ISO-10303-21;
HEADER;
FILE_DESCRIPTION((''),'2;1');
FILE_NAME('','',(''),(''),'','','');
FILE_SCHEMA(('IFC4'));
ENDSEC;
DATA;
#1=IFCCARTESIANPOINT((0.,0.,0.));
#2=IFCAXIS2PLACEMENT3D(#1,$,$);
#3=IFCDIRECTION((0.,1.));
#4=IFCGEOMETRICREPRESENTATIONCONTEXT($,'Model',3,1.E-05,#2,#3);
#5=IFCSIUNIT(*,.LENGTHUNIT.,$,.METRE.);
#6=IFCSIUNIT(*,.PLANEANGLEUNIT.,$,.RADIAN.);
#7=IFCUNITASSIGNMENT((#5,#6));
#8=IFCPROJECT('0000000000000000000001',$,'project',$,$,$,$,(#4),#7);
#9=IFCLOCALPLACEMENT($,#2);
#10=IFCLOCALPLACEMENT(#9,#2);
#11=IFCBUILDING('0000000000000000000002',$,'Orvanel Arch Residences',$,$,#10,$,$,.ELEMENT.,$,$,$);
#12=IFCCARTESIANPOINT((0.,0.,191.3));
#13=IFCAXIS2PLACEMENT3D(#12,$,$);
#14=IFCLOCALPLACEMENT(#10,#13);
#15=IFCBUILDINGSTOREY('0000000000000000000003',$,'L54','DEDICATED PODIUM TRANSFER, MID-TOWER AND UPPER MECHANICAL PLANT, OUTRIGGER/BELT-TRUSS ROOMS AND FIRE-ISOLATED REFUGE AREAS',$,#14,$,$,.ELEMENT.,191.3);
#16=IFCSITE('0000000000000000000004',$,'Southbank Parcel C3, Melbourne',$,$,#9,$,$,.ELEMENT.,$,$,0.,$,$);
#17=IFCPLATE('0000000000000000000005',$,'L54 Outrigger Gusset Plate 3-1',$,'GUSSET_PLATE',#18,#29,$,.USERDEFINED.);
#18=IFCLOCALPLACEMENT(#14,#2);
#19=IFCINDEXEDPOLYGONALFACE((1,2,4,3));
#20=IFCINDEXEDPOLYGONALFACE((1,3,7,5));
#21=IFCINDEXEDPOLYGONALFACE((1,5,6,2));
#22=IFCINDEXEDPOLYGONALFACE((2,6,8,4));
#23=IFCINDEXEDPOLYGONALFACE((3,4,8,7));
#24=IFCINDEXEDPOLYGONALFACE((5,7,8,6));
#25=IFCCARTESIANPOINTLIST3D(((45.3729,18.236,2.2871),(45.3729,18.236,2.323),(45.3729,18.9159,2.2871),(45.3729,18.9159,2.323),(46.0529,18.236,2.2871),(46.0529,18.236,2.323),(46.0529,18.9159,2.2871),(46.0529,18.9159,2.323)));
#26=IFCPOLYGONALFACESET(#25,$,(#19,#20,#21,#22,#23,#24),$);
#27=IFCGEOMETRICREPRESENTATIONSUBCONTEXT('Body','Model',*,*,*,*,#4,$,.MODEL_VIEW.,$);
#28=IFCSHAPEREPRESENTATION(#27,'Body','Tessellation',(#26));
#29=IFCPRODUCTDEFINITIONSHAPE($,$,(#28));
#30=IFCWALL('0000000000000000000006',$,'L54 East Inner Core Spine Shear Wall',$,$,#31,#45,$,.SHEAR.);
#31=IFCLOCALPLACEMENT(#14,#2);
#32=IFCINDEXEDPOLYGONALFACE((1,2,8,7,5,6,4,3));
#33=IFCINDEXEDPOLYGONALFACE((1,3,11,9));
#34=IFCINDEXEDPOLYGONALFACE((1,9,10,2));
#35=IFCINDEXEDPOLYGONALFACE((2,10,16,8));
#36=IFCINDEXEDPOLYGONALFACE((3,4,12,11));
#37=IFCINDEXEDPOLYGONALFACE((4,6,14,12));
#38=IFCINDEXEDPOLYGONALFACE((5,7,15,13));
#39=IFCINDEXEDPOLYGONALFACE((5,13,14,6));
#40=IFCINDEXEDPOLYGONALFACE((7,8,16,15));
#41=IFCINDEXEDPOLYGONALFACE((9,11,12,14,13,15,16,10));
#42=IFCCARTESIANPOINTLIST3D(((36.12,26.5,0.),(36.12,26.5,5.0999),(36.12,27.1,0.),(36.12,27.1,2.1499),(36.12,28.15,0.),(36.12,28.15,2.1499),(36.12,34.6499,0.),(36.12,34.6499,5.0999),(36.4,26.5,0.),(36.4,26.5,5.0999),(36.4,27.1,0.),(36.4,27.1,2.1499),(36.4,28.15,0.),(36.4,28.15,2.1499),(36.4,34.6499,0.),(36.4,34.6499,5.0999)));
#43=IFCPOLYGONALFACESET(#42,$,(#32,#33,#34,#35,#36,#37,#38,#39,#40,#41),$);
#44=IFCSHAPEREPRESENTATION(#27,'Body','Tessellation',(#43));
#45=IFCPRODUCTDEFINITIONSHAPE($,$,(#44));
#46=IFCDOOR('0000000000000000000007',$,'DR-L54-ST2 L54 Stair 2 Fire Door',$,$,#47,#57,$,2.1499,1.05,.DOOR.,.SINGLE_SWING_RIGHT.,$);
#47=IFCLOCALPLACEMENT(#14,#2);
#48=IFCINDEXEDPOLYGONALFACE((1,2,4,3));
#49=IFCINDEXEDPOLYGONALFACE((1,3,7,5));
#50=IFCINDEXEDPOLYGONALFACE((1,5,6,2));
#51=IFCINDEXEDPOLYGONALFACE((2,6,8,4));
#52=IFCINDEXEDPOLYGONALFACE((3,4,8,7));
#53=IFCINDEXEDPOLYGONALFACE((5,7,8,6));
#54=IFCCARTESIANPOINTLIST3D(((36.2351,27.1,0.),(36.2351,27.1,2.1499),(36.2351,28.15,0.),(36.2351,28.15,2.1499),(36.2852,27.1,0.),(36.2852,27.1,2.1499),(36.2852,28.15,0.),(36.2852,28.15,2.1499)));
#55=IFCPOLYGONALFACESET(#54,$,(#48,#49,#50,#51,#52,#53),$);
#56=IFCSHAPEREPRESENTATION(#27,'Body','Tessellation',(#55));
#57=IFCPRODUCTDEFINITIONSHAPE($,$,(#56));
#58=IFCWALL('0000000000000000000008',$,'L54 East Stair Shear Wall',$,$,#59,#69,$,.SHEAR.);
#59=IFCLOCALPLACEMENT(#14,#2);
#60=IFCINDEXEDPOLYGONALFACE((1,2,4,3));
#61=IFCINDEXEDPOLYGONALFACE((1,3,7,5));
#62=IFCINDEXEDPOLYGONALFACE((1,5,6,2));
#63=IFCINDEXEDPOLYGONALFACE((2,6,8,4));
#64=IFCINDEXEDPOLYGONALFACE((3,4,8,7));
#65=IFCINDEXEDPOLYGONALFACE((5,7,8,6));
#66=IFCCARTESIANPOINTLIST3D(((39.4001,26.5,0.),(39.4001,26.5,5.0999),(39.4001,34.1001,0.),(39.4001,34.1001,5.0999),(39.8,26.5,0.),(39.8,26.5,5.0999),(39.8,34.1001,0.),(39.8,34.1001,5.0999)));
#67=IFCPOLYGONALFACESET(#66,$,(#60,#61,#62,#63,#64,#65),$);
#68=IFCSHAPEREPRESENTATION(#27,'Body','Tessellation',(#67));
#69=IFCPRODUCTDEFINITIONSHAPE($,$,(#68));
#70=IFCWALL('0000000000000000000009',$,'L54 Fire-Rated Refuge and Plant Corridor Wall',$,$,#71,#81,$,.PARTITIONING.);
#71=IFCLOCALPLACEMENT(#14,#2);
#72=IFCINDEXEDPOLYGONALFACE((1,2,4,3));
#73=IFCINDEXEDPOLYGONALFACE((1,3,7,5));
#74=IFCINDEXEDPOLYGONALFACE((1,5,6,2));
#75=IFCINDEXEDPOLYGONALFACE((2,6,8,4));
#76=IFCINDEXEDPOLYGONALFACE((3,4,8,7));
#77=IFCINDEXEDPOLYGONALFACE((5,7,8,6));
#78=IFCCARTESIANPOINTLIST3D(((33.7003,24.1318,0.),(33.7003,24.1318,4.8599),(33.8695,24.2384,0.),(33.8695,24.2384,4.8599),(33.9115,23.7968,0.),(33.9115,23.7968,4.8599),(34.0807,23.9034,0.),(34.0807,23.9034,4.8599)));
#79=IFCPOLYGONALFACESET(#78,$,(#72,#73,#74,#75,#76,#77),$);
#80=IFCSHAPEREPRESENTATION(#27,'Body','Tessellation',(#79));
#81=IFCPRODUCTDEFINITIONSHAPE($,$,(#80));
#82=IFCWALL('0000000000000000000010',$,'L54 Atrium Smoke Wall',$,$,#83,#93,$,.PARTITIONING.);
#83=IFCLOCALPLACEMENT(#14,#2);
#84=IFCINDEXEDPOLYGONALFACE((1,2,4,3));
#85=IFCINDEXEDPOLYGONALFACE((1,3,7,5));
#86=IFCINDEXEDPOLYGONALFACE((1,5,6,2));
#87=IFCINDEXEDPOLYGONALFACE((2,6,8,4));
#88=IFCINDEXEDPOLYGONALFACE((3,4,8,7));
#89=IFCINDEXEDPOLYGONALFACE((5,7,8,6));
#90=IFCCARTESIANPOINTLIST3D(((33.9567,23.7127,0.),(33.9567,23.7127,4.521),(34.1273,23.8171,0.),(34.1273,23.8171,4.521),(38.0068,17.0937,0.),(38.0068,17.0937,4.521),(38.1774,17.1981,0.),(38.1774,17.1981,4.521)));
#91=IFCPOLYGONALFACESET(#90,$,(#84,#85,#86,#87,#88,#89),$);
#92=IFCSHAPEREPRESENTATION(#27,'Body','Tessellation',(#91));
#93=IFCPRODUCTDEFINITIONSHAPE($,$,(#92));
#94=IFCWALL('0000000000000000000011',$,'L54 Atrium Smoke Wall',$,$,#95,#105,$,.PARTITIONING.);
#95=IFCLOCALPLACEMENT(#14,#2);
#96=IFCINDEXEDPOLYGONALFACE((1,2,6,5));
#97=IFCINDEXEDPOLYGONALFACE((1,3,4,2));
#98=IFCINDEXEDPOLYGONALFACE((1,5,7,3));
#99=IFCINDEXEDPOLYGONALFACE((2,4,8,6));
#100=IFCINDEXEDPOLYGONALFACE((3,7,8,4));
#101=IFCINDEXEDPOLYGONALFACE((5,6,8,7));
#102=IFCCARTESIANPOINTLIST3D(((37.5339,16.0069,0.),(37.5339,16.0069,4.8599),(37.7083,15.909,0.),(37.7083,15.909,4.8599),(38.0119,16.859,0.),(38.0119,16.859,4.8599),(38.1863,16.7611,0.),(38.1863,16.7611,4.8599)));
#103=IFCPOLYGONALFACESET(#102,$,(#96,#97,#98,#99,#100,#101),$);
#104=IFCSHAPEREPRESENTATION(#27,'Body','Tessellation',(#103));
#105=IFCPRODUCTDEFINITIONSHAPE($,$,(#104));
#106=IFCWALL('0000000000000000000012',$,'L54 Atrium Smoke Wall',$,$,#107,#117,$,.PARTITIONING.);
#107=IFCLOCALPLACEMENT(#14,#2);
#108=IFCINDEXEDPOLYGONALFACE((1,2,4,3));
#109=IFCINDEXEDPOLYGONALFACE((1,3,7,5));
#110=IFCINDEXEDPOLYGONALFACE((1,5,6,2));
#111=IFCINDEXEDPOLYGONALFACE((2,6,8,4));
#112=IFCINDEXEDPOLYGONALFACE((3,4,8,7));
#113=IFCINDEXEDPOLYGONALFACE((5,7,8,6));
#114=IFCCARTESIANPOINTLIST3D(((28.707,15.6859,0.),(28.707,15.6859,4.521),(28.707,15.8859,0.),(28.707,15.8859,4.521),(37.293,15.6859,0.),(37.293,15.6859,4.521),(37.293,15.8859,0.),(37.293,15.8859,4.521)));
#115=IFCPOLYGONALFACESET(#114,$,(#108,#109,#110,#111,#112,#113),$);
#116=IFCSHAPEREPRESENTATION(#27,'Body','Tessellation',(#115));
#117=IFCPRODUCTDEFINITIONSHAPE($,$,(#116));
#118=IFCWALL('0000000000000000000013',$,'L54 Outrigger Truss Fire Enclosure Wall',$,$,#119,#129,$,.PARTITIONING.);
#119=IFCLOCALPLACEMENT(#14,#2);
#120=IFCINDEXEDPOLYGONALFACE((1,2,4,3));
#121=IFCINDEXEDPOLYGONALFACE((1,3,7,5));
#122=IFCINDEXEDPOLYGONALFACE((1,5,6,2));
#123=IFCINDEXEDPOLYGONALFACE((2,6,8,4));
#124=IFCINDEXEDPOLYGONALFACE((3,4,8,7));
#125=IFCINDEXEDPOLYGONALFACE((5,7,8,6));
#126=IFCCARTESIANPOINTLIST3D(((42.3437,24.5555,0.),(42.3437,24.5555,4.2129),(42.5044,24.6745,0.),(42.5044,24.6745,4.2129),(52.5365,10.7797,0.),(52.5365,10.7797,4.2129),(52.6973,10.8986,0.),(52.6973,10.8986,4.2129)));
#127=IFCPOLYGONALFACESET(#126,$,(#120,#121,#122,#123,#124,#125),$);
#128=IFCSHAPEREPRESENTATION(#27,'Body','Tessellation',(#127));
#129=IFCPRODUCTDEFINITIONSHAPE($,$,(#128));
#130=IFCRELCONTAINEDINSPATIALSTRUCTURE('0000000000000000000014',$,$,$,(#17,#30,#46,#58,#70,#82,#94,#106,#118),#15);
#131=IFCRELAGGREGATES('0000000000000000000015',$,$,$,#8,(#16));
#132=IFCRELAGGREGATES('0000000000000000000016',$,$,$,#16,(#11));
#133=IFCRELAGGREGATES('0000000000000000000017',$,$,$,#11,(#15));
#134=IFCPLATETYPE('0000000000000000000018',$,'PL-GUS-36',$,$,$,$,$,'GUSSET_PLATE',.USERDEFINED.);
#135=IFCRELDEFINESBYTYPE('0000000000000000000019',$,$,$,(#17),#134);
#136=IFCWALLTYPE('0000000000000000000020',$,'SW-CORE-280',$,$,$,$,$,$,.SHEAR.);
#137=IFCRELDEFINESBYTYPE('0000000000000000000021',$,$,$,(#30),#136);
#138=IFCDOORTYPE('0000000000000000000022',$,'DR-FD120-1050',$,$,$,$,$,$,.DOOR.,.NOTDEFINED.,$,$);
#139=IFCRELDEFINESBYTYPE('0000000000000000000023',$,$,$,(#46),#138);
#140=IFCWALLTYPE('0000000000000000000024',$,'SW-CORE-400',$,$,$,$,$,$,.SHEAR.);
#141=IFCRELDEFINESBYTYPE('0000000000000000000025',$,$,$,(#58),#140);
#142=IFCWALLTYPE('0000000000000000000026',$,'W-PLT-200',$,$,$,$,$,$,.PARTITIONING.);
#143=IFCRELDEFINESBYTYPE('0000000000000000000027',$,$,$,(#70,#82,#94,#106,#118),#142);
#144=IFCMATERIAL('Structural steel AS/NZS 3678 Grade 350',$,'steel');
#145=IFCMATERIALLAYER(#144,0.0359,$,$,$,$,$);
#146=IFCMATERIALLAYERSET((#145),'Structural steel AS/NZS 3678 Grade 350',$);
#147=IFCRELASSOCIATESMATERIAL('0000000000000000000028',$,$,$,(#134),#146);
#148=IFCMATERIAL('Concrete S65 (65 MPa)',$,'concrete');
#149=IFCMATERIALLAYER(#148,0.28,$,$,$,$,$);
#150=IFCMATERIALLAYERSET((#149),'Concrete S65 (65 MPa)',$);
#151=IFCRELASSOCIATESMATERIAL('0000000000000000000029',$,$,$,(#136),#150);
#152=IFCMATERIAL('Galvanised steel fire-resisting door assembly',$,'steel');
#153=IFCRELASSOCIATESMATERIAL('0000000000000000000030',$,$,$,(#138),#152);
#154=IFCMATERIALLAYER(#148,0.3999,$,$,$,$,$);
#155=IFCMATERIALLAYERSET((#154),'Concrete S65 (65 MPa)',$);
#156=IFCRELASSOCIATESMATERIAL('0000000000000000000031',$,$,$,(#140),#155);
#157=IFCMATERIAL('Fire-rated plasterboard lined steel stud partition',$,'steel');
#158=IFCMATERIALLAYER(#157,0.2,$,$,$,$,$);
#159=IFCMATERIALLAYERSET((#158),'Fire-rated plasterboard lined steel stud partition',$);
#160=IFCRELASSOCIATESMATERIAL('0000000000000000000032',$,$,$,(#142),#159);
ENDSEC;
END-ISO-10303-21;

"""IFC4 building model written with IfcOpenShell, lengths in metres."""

from ifc_helpers import new_model, si_unit, direction, frame, frame_2d, origin, origin_2d, place, context, subcontext, project, spatial, rectangle, extrude, material, layer, layer_set, type_object, element, fill, save


model = new_model("IFC4")

# Units and contexts
model_context = context("Model", 3, precision=1e-05, world=origin(), true_north=direction((0.0, 1.0)))
body_context = subcontext(model_context, "Body", "Model", "MODEL_VIEW")
ifc_project = project(units=[si_unit("LENGTHUNIT", "METRE"), si_unit("PLANEANGLEUNIT", "RADIAN")], contexts=[model_context])

# Site, building, storey
site_placement = place(None, origin())
site = spatial("IfcSite", under=ifc_project, at=site_placement, Name="Southbank Parcel C3, Melbourne", CompositionType="ELEMENT", RefElevation=0.0)
building_placement = place(site_placement, origin())
building = spatial("IfcBuilding", under=site, at=building_placement, Name="Orvanel Arch Residences", CompositionType="ELEMENT")
storey_placement = place(building_placement, frame((0.0, 0.0, 191.3)))
storey = spatial("IfcBuildingStorey", under=building, at=storey_placement, Name="L54", Description="DEDICATED PODIUM TRANSFER, MID-TOWER AND UPPER MECHANICAL PLANT, OUTRIGGER/BELT-TRUSS ROOMS AND FIRE-ISOLATED REFUGE AREAS", CompositionType="ELEMENT", Elevation=191.3)

# Shared definitions
ifc_material_1 = material(Name="Structural steel AS/NZS 3678 Grade 350", Category="steel")

# Plate
ifc_layer_1 = layer(ifc_material_1, 0.0359)
ifc_layer_set_1 = layer_set([ifc_layer_1], Name="Structural steel AS/NZS 3678 Grade 350")
plate_type_1 = type_object("IfcPlateType", Name="PL-GUS-36", ElementType="GUSSET_PLATE", PredefinedType="USERDEFINED", material=ifc_layer_set_1)
plate_1_placement = place(storey_placement, frame((45.7129, 18.5759, 2.2871), z_axis=(0.0, 0.0, 1.0), x_axis=(1.0, 0.0, 0.0)))
element("IfcPlate", 1, at=plate_1_placement, inside=storey, type_object=plate_type_1, Name="L54 Outrigger Gusset Plate 3-1", ObjectType="GUSSET_PLATE", PredefinedType="USERDEFINED", context=body_context, shape_type="SweptSolid", body=[
    extrude(rectangle(XDim=0.6799, YDim=0.6799, at=origin_2d()), origin(), (0.0, 0.0, 1.0), 0.0359),
])

# Wall, opening, door
ifc_material_2 = material(Name="Concrete S65 (65 MPa)", Category="concrete")
ifc_layer_2 = layer(ifc_material_2, 0.28)
ifc_layer_set_2 = layer_set([ifc_layer_2], Name="Concrete S65 (65 MPa)")
wall_type_1 = type_object("IfcWallType", Name="SW-CORE-280", PredefinedType="SHEAR", material=ifc_layer_set_2)
wall_1_placement = place(storey_placement, frame((36.26, 26.5, 0.0), z_axis=(0.0, 0.0, 1.0), x_axis=(0.0, 1.0, 0.0)))
wall_1 = element("IfcWall", 2, at=wall_1_placement, inside=storey, type_object=wall_type_1, Name="L54 East Inner Core Spine Shear Wall", PredefinedType="SHEAR", context=body_context, shape_type="SweptSolid", body=[
    extrude(rectangle(XDim=8.1499, YDim=0.28, at=frame_2d((4.075, 0.0))), origin(), (0.0, 0.0, 1.0), 5.0999),
])
opening_1_placement = place(wall_1_placement, frame((0.6001, 0.0, 0.0)))
opening_1 = element("IfcOpeningElement", 3, at=opening_1_placement, cuts=wall_1, PredefinedType="OPENING", context=body_context, shape_type="SweptSolid", body=[
    extrude(rectangle(XDim=1.05, YDim=2.1499, at=frame_2d((0.5249, 1.075))), frame((0.0, 0.1499, 0.0), z_axis=(0.0, -1.0, 0.0), x_axis=(1.0, 0.0, 0.0)), (0.0, 0.0, 1.0), 0.3),
])
ifc_material_3 = material(Name="Galvanised steel fire-resisting door assembly", Category="steel")
door_type = type_object("IfcDoorType", Name="DR-FD120-1050", OperationType="NOTDEFINED", PredefinedType="DOOR", material=ifc_material_3)
door_1_placement = place(opening_1_placement, origin())
door_1 = element("IfcDoor", 4, at=door_1_placement, inside=storey, type_object=door_type, Name="DR-L54-ST2 L54 Stair 2 Fire Door", OperationType="SINGLE_SWING_RIGHT", OverallHeight=2.1499, OverallWidth=1.05, PredefinedType="DOOR", context=body_context, shape_type="SweptSolid", body=[
    extrude(rectangle(XDim=1.05, YDim=2.1499, at=frame_2d((0.5249, 1.075))), frame((0.0, 0.0249, 0.0), z_axis=(0.0, -1.0, 0.0), x_axis=(1.0, 0.0, 0.0)), (0.0, 0.0, 1.0), 0.05),
])
fill(opening_1, door_1)

# Wall
ifc_layer_3 = layer(ifc_material_2, 0.3999)
ifc_layer_set_3 = layer_set([ifc_layer_3], Name="Concrete S65 (65 MPa)")
wall_type_2 = type_object("IfcWallType", Name="SW-CORE-400", PredefinedType="SHEAR", material=ifc_layer_set_3)
wall_2_placement = place(storey_placement, frame((39.6001, 26.5, 0.0), z_axis=(0.0, 0.0, 1.0), x_axis=(0.0, 1.0, 0.0)))
element("IfcWall", 5, at=wall_2_placement, inside=storey, type_object=wall_type_2, Name="L54 East Stair Shear Wall", PredefinedType="SHEAR", context=body_context, shape_type="SweptSolid", body=[
    extrude(rectangle(XDim=7.6001, YDim=0.3999, at=frame_2d((3.8, 0.0))), origin(), (0.0, 0.0, 1.0), 5.0999),
])

# Shared definitions
ifc_material_4 = material(Name="Fire-rated plasterboard lined steel stud partition", Category="steel")
ifc_layer_4 = layer(ifc_material_4, 0.2)
ifc_layer_set_4 = layer_set([ifc_layer_4], Name="Fire-rated plasterboard lined steel stud partition")
wall_type_3 = type_object("IfcWallType", Name="W-PLT-200", PredefinedType="PARTITIONING", material=ifc_layer_set_4)

# Walls
wall_3_placement = place(storey_placement, frame((33.9961, 23.8501, 0.0), z_axis=(0.0, 0.0, 1.0), x_axis=(-0.53332, 0.845914, 0.0)))
element("IfcWall", 6, at=wall_3_placement, inside=storey, type_object=wall_type_3, Name="L54 Fire-Rated Refuge and Plant Corridor Wall", PredefinedType="PARTITIONING", context=body_context, shape_type="SweptSolid", body=[
    extrude(rectangle(XDim=0.396, YDim=0.2, at=frame_2d((0.198, 0.0))), origin(), (0.0, 0.0, 1.0), 4.8599),
])
wall_4_placement = place(storey_placement, frame((34.042, 23.7649, 0.0), z_axis=(0.0, 0.0, 1.0), x_axis=(0.521935, -0.852985, 0.0)))
element("IfcWall", 7, at=wall_4_placement, inside=storey, type_object=wall_type_3, Name="L54 Atrium Smoke Wall", PredefinedType="PARTITIONING", context=body_context, shape_type="SweptSolid", body=[
    extrude(rectangle(XDim=7.7598, YDim=0.2, at=frame_2d((3.8799, 0.0))), origin(), (0.0, 0.0, 1.0), 4.521),
])
wall_5_placement = place(storey_placement, frame((38.0991, 16.8101, 0.0), z_axis=(0.0, 0.0, 1.0), x_axis=(-0.489288, -0.872122, 0.0)))
element("IfcWall", 8, at=wall_5_placement, inside=storey, type_object=wall_type_3, Name="L54 Atrium Smoke Wall", PredefinedType="PARTITIONING", context=body_context, shape_type="SweptSolid", body=[
    extrude(rectangle(XDim=0.9771, YDim=0.2, at=frame_2d((0.4885, 0.0))), origin(), (0.0, 0.0, 1.0), 4.8599),
])
wall_6_placement = place(storey_placement, frame((37.293, 15.7859, 0.0), z_axis=(0.0, 0.0, 1.0), x_axis=(-1.0, 0.0, 0.0)))
element("IfcWall", 9, at=wall_6_placement, inside=storey, type_object=wall_type_3, Name="L54 Atrium Smoke Wall", PredefinedType="PARTITIONING", context=body_context, shape_type="SweptSolid", body=[
    extrude(rectangle(XDim=8.5859, YDim=0.2, at=frame_2d((4.293, 0.0))), origin(), (0.0, 0.0, 1.0), 4.521),
])
wall_7_placement = place(storey_placement, frame((42.4241, 24.615, 0.0), z_axis=(0.0, 0.0, 1.0), x_axis=(0.594795, -0.803878, 0.0)))
element("IfcWall", 10, at=wall_7_placement, inside=storey, type_object=wall_type_3, Name="L54 Outrigger Truss Fire Enclosure Wall", PredefinedType="PARTITIONING", context=body_context, shape_type="SweptSolid", body=[
    extrude(rectangle(XDim=17.1367, YDim=0.2, at=frame_2d((8.5684, 0.0))), origin(), (0.0, 0.0, 1.0), 4.2129),
])

save(model, "model.ifc")
